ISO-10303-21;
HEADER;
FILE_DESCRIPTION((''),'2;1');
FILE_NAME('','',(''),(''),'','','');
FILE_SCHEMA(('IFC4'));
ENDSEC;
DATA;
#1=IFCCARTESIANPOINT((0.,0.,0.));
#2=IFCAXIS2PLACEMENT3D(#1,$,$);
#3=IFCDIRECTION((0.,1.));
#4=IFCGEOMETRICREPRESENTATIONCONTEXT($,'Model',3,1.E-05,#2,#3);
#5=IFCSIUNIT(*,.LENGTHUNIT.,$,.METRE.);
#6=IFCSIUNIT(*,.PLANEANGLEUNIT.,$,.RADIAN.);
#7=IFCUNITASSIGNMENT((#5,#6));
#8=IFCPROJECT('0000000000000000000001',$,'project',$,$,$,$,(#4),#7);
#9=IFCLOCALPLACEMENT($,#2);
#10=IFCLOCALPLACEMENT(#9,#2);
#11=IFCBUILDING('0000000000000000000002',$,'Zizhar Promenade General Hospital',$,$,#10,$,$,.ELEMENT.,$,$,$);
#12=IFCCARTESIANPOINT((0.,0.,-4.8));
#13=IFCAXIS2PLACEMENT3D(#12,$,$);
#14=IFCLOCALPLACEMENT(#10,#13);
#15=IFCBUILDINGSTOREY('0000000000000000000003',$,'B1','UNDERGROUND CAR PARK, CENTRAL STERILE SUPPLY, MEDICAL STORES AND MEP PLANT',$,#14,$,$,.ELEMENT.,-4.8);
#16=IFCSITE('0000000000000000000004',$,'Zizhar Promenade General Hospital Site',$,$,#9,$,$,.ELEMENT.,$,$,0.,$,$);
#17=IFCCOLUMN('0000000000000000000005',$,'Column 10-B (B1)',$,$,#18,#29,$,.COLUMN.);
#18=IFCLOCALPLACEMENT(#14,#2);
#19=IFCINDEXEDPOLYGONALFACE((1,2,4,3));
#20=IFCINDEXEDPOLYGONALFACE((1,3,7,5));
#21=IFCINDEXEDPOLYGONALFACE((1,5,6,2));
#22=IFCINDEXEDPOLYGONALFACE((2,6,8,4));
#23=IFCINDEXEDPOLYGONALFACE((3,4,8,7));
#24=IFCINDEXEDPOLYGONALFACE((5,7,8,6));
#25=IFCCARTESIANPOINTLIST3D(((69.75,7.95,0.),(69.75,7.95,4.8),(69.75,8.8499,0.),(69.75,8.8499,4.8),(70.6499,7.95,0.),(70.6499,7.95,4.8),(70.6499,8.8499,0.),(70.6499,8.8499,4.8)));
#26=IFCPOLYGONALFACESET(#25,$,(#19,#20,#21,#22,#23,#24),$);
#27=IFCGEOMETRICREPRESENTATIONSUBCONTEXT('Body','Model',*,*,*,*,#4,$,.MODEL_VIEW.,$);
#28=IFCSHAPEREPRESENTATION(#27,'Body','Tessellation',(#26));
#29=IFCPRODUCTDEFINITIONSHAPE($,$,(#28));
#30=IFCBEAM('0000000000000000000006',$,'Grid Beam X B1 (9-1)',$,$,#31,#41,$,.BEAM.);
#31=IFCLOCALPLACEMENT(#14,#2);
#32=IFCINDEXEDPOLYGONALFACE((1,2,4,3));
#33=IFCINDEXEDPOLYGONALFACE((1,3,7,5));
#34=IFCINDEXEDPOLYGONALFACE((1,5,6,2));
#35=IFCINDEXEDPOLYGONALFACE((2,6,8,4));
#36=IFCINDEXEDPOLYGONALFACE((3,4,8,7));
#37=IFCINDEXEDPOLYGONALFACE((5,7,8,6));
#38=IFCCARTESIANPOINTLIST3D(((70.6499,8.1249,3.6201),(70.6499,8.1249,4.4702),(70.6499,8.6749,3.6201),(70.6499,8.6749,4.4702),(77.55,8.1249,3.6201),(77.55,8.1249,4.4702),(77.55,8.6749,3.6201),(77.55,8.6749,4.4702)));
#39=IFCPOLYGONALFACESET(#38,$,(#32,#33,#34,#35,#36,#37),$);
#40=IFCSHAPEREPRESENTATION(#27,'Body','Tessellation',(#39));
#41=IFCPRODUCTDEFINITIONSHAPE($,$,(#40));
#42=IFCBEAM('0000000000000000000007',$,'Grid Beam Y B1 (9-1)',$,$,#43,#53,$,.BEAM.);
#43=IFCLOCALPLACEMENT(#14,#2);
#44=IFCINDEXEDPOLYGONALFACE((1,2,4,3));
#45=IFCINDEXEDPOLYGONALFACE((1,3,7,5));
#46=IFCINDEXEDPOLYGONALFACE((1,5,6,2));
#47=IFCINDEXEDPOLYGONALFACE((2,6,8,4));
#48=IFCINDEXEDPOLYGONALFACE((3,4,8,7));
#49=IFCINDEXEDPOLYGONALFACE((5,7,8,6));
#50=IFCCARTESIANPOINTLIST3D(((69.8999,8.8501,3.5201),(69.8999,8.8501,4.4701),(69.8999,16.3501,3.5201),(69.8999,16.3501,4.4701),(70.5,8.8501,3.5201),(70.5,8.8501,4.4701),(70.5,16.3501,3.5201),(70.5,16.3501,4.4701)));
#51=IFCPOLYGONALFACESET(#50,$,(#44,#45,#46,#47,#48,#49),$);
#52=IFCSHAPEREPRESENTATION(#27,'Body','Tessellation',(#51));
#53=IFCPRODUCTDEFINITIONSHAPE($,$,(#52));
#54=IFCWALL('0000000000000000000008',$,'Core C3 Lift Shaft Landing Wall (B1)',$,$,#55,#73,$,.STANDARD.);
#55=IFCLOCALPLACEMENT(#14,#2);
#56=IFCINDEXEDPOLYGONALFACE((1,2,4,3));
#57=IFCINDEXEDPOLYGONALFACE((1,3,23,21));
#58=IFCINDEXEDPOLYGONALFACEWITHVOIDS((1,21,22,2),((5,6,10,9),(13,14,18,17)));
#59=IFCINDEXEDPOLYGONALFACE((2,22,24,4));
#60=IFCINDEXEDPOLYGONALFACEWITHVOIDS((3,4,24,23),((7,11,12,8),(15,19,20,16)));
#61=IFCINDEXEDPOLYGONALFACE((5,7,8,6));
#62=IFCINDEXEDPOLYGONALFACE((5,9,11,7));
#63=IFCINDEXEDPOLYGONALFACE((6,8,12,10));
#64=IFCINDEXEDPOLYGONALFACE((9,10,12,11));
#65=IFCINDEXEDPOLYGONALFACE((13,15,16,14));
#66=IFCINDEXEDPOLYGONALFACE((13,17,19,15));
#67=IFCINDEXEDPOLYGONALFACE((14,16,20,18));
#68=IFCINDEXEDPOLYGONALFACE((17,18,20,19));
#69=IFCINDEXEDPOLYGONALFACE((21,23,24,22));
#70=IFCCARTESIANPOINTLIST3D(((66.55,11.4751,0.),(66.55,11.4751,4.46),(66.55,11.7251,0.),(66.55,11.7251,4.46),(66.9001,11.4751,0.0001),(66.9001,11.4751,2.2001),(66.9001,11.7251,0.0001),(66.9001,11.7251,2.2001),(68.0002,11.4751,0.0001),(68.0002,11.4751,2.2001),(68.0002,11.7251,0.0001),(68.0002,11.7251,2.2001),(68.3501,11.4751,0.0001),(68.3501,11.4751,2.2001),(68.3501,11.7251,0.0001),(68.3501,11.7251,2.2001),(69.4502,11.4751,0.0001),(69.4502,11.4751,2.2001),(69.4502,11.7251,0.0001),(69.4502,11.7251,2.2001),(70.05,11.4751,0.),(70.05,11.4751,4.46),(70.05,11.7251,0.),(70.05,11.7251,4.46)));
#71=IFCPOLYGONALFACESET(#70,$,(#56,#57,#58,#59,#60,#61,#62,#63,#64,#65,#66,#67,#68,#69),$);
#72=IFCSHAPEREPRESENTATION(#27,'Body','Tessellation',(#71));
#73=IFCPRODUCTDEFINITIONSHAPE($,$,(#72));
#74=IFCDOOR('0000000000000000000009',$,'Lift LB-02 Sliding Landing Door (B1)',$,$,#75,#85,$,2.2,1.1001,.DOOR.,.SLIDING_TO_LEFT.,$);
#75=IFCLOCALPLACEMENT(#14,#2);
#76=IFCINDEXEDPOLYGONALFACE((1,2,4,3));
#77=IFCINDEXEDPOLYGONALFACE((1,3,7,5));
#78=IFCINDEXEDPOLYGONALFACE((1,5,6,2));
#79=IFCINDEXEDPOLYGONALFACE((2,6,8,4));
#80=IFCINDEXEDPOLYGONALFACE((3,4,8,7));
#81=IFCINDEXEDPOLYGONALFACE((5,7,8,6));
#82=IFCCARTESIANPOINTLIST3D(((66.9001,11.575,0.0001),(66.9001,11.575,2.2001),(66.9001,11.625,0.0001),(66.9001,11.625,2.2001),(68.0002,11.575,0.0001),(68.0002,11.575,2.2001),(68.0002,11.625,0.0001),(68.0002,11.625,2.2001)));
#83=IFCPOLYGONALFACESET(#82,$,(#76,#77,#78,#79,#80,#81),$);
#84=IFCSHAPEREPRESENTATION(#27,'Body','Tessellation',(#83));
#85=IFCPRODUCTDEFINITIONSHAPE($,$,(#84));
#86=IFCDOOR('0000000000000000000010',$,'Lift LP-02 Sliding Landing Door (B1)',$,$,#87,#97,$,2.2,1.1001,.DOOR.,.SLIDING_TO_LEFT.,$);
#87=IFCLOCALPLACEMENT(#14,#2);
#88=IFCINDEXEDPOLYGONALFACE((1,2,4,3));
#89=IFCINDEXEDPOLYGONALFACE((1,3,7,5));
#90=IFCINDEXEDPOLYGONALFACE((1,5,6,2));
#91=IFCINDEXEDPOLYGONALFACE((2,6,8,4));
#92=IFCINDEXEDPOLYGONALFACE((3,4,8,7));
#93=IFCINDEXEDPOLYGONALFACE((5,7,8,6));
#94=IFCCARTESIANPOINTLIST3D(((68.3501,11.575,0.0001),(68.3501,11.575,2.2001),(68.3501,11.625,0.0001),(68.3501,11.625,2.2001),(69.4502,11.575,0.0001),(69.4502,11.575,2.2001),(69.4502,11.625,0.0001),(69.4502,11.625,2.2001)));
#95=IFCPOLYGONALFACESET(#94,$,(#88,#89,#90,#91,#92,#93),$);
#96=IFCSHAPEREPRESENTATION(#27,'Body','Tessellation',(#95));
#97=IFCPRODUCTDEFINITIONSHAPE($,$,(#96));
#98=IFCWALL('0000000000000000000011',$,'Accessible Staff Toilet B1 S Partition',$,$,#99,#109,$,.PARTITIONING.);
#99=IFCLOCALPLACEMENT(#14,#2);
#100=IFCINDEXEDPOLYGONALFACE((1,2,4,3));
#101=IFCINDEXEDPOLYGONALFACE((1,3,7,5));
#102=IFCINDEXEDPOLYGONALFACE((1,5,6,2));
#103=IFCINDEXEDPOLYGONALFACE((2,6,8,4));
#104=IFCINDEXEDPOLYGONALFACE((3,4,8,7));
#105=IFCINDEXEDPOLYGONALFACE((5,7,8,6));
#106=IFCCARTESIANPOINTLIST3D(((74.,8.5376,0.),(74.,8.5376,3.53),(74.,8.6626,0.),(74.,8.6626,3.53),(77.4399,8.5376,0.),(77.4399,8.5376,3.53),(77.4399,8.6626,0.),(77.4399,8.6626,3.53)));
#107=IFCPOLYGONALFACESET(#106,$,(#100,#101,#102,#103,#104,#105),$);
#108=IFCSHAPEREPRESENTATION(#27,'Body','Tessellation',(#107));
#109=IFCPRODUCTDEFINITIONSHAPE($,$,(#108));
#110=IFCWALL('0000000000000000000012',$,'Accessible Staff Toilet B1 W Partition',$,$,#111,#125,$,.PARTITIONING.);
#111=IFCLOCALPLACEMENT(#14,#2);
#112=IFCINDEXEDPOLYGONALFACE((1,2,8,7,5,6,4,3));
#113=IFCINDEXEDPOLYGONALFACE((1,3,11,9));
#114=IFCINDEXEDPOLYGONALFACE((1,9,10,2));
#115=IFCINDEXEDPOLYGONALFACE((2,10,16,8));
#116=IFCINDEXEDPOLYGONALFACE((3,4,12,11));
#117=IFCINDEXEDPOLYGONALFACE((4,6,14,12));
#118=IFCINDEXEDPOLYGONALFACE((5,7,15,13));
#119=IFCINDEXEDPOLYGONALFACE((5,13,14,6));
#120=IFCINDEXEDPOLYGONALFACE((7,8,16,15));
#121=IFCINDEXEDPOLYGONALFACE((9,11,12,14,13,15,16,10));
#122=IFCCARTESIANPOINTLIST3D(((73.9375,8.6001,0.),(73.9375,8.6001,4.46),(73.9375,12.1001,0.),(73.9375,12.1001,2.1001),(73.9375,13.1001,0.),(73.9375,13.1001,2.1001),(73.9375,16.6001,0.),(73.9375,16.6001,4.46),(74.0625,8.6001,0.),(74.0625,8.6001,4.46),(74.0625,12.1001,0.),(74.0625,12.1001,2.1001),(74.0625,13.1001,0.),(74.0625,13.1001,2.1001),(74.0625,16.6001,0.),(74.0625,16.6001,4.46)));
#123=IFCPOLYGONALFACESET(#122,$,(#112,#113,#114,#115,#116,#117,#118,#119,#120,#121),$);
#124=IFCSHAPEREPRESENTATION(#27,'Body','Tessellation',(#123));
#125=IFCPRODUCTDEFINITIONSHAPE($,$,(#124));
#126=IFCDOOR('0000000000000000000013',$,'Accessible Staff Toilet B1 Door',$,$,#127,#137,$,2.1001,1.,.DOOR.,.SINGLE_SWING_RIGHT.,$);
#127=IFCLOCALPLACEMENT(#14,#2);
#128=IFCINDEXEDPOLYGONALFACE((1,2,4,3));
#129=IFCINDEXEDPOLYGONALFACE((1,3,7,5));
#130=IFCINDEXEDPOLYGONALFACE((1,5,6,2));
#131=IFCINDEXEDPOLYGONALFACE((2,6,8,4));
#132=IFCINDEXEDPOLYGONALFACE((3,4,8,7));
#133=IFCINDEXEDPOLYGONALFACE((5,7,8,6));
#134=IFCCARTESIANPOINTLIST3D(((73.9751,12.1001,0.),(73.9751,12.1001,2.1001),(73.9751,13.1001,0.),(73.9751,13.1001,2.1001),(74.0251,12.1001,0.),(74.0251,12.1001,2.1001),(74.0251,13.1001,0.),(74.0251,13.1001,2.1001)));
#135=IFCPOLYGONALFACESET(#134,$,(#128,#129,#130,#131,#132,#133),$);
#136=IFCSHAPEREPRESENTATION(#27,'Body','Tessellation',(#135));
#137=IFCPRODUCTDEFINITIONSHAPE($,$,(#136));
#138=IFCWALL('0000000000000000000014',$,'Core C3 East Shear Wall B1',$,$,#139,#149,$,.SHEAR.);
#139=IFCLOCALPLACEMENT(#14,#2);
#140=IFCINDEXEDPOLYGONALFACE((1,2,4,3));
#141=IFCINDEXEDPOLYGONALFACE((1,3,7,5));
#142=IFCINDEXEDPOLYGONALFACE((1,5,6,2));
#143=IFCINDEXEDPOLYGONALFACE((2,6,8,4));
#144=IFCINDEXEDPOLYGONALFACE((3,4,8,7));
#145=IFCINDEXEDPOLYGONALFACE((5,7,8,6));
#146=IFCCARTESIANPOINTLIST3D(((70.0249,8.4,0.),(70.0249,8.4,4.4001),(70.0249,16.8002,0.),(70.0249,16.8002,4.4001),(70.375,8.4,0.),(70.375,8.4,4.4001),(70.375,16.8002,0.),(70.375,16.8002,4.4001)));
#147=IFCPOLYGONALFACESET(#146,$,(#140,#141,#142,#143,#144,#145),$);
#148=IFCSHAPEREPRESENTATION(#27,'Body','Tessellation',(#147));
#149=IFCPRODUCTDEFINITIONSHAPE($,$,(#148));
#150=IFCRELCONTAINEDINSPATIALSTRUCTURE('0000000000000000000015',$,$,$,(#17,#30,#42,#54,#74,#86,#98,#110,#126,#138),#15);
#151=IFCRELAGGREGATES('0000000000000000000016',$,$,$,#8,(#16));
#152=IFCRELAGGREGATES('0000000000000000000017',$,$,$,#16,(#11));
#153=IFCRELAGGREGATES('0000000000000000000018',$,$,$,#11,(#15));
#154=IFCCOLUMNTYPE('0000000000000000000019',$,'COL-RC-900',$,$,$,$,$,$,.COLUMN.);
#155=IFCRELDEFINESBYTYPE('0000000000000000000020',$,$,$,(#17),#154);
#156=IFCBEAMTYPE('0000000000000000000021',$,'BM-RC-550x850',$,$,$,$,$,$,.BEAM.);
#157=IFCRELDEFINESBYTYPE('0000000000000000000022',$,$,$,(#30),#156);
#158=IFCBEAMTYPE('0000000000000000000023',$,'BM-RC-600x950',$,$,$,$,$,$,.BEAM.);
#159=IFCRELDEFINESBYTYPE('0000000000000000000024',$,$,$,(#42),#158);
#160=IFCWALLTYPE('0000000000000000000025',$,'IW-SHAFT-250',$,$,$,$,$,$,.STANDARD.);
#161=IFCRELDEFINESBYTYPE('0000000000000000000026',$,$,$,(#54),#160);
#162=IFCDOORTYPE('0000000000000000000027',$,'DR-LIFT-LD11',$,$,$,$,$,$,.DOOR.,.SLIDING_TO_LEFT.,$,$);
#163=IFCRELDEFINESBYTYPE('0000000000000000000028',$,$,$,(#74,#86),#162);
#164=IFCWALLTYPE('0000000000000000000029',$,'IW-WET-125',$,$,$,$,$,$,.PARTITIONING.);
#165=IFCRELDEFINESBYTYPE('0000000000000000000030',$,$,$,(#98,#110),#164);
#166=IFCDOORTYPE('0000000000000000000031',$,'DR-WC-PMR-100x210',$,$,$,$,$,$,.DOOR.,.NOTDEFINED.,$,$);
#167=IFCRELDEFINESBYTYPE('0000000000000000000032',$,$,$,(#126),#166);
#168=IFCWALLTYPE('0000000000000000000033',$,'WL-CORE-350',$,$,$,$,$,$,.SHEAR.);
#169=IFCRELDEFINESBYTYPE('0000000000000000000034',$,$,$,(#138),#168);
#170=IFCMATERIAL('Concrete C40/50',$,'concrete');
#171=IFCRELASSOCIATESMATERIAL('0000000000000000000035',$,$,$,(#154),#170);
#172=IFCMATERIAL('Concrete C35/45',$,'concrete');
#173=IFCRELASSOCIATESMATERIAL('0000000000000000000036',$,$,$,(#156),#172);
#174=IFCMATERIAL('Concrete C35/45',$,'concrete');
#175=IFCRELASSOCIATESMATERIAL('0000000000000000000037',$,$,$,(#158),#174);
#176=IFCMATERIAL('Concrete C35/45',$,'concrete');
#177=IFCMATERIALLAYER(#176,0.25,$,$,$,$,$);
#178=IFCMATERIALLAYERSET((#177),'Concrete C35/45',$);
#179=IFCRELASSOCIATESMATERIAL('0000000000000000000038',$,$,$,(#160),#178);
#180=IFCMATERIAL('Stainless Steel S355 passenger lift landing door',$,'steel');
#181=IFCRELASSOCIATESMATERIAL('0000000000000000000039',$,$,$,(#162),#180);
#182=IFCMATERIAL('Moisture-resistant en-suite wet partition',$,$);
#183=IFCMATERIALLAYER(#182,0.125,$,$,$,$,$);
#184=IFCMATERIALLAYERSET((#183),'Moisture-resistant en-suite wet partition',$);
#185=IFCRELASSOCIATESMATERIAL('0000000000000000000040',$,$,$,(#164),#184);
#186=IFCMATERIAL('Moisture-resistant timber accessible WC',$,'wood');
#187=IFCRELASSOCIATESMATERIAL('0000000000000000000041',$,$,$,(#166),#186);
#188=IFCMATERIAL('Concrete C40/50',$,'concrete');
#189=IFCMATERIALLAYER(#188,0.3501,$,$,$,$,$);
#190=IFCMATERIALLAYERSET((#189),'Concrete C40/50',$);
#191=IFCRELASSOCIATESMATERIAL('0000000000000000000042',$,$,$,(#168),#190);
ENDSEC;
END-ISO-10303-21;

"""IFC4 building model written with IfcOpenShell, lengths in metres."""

from ifc_helpers import new_model, si_unit, direction, frame, frame_2d, origin, origin_2d, place, context, subcontext, project, spatial, rectangle, extrude, material, layer, layer_set, material_profile, profile_set, type_object, element, fill, save


model = new_model("IFC4")

# Units and contexts
model_context = context("Model", 3, precision=1e-05, world=origin(), true_north=direction((0.0, 1.0)))
body_context = subcontext(model_context, "Body", "Model", "MODEL_VIEW")
ifc_project = project(units=[si_unit("LENGTHUNIT", "METRE"), si_unit("PLANEANGLEUNIT", "RADIAN")], contexts=[model_context])

# Site, building, storey
site_placement = place(None, origin())
site = spatial("IfcSite", under=ifc_project, at=site_placement, Name="Zizhar Promenade General Hospital Site", CompositionType="ELEMENT", RefElevation=0.0)
building_placement = place(site_placement, origin())
building = spatial("IfcBuilding", under=site, at=building_placement, Name="Zizhar Promenade General Hospital", CompositionType="ELEMENT")
storey_placement = place(building_placement, frame((0.0, 0.0, -4.8)))
storey = spatial("IfcBuildingStorey", under=building, at=storey_placement, Name="B1", Description="UNDERGROUND CAR PARK, CENTRAL STERILE SUPPLY, MEDICAL STORES AND MEP PLANT", CompositionType="ELEMENT", Elevation=-4.8)

# Column
ifc_material_1 = material(Name="Concrete C40/50", Category="concrete")
ifc_material_profile_1 = material_profile(ifc_material_1, rectangle(XDim=0.8999, YDim=0.8999, at=origin_2d()))
ifc_profile_set_1 = profile_set([ifc_material_profile_1], Name="Concrete C40/50")
column_type = type_object("IfcColumnType", Name="COL-RC-900", PredefinedType="COLUMN", material=ifc_profile_set_1)
column_placement = place(storey_placement, frame((70.2, 8.3999, 0.0), z_axis=(0.0, 0.0, 1.0), x_axis=(1.0, 0.0, 0.0)))
element("IfcColumn", 1, at=column_placement, inside=storey, type_object=column_type, Name="Column 10-B (B1)", PredefinedType="COLUMN", context=body_context, shape_type="SweptSolid", body=[
    extrude(rectangle(XDim=0.8999, YDim=0.8999, at=origin_2d()), origin(), (0.0, 0.0, 1.0), 4.8),
])

# Beams
ifc_material_2 = material(Name="Concrete C35/45", Category="concrete")
ifc_material_profile_2 = material_profile(ifc_material_2, rectangle(XDim=0.55, YDim=0.8501, at=origin_2d()))
ifc_profile_set_2 = profile_set([ifc_material_profile_2], Name="Concrete C35/45")
beam_type_1 = type_object("IfcBeamType", Name="BM-RC-550x850", PredefinedType="BEAM", material=ifc_profile_set_2)
beam_1_placement = place(storey_placement, frame((70.6499, 8.3999, 4.0452), z_axis=(1.0, 0.0, 0.0), x_axis=(0.0, 1.0, 0.0)))
element("IfcBeam", 2, at=beam_1_placement, inside=storey, type_object=beam_type_1, Name="Grid Beam X B1 (9-1)", PredefinedType="BEAM", context=body_context, shape_type="SweptSolid", body=[
    extrude(rectangle(XDim=0.55, YDim=0.8501, at=origin_2d()), origin(), (0.0, 0.0, 1.0), 6.9001),
])
ifc_material_3 = material(Name="Concrete C35/45", Category="concrete")
ifc_material_profile_3 = material_profile(ifc_material_3, rectangle(XDim=0.6001, YDim=0.95, at=origin_2d()))
ifc_profile_set_3 = profile_set([ifc_material_profile_3], Name="Concrete C35/45")
beam_type_2 = type_object("IfcBeamType", Name="BM-RC-600x950", PredefinedType="BEAM", material=ifc_profile_set_3)
beam_2_placement = place(storey_placement, frame((70.2, 8.8501, 3.9951), z_axis=(0.0, 1.0, 0.0), x_axis=(-1.0, 0.0, 0.0)))
element("IfcBeam", 3, at=beam_2_placement, inside=storey, type_object=beam_type_2, Name="Grid Beam Y B1 (9-1)", PredefinedType="BEAM", context=body_context, shape_type="SweptSolid", body=[
    extrude(rectangle(XDim=0.6001, YDim=0.95, at=origin_2d()), origin(), (0.0, 0.0, 1.0), 7.5),
])

# Wall, openings, doors
ifc_material_4 = material(Name="Concrete C35/45", Category="concrete")
ifc_layer_1 = layer(ifc_material_4, 0.25)
ifc_layer_set_1 = layer_set([ifc_layer_1], Name="Concrete C35/45")
wall_type_1 = type_object("IfcWallType", Name="IW-SHAFT-250", PredefinedType="STANDARD", material=ifc_layer_set_1)
wall_1_placement = place(storey_placement, frame((66.55, 11.6001, 0.0), z_axis=(0.0, 0.0, 1.0), x_axis=(1.0, 0.0, 0.0)))
wall_1 = element("IfcWall", 4, at=wall_1_placement, inside=storey, type_object=wall_type_1, Name="Core C3 Lift Shaft Landing Wall (B1)", PredefinedType="STANDARD", context=body_context, shape_type="SweptSolid", body=[
    extrude(rectangle(XDim=3.5, YDim=0.25, at=frame_2d((1.75, 0.0))), origin(), (0.0, 0.0, 1.0), 4.46),
])
opening_1_placement = place(wall_1_placement, frame((0.3501, 0.0, 0.0)))
opening_1 = element("IfcOpeningElement", 5, at=opening_1_placement, cuts=wall_1, PredefinedType="OPENING", context=body_context, shape_type="SweptSolid", body=[
    extrude(rectangle(XDim=1.1001, YDim=2.2, at=frame_2d((0.55, 1.1001))), frame((0.0, 0.135, 0.0), z_axis=(0.0, -1.0, 0.0), x_axis=(1.0, 0.0, 0.0)), (0.0, 0.0, 1.0), 0.27),
])
opening_2_placement = place(wall_1_placement, frame((1.8, 0.0, 0.0)))
opening_2 = element("IfcOpeningElement", 6, at=opening_2_placement, cuts=wall_1, PredefinedType="OPENING", context=body_context, shape_type="SweptSolid", body=[
    extrude(rectangle(XDim=1.1001, YDim=2.2, at=frame_2d((0.55, 1.1001))), frame((0.0, 0.135, 0.0), z_axis=(0.0, -1.0, 0.0), x_axis=(1.0, 0.0, 0.0)), (0.0, 0.0, 1.0), 0.27),
])
ifc_material_5 = material(Name="Stainless Steel S355 passenger lift landing door", Category="steel")
door_type_1 = type_object("IfcDoorType", Name="DR-LIFT-LD11", OperationType="SLIDING_TO_LEFT", PredefinedType="DOOR", material=ifc_material_5)
door_1_placement = place(opening_1_placement, origin())
door_1 = element("IfcDoor", 7, at=door_1_placement, inside=storey, type_object=door_type_1, Name="Lift LB-02 Sliding Landing Door (B1)", OperationType="SLIDING_TO_LEFT", OverallHeight=2.2, OverallWidth=1.1001, PredefinedType="DOOR", context=body_context, shape_type="SweptSolid", body=[
    extrude(rectangle(XDim=1.1001, YDim=2.2, at=frame_2d((0.55, 1.1001))), frame((0.0, 0.0249, 0.0), z_axis=(0.0, -1.0, 0.0), x_axis=(1.0, 0.0, 0.0)), (0.0, 0.0, 1.0), 0.05),
])
fill(opening_1, door_1)
door_2_placement = place(opening_2_placement, origin())
door_2 = element("IfcDoor", 8, at=door_2_placement, inside=storey, type_object=door_type_1, Name="Lift LP-02 Sliding Landing Door (B1)", OperationType="SLIDING_TO_LEFT", OverallHeight=2.2, OverallWidth=1.1001, PredefinedType="DOOR", context=body_context, shape_type="SweptSolid", body=[
    extrude(rectangle(XDim=1.1001, YDim=2.2, at=frame_2d((0.55, 1.1001))), frame((0.0, 0.0249, 0.0), z_axis=(0.0, -1.0, 0.0), x_axis=(1.0, 0.0, 0.0)), (0.0, 0.0, 1.0), 0.05),
])
fill(opening_2, door_2)

# Wall
ifc_material_6 = material(Name="Moisture-resistant en-suite wet partition")
ifc_layer_2 = layer(ifc_material_6, 0.125)
ifc_layer_set_2 = layer_set([ifc_layer_2], Name="Moisture-resistant en-suite wet partition")
wall_type_2 = type_object("IfcWallType", Name="IW-WET-125", PredefinedType="PARTITIONING", material=ifc_layer_set_2)
wall_2_placement = place(storey_placement, frame((74.0, 8.6001, 0.0), z_axis=(0.0, 0.0, 1.0), x_axis=(1.0, 0.0, 0.0)))
element("IfcWall", 9, at=wall_2_placement, inside=storey, type_object=wall_type_2, Name="Accessible Staff Toilet B1 S Partition", PredefinedType="PARTITIONING", context=body_context, shape_type="SweptSolid", body=[
    extrude(rectangle(XDim=3.4399, YDim=0.125, at=frame_2d((1.72, 0.0))), origin(), (0.0, 0.0, 1.0), 3.53),
])

# Wall, opening, door
wall_3_placement = place(storey_placement, frame((74.0, 8.6001, 0.0), z_axis=(0.0, 0.0, 1.0), x_axis=(0.0, 1.0, 0.0)))
wall_3 = element("IfcWall", 10, at=wall_3_placement, inside=storey, type_object=wall_type_2, Name="Accessible Staff Toilet B1 W Partition", PredefinedType="PARTITIONING", context=body_context, shape_type="SweptSolid", body=[
    extrude(rectangle(XDim=8.0, YDim=0.125, at=frame_2d((4.0, 0.0))), origin(), (0.0, 0.0, 1.0), 4.46),
])
opening_3_placement = place(wall_3_placement, frame((3.5, 0.0, 0.0)))
opening_3 = element("IfcOpeningElement", 11, at=opening_3_placement, cuts=wall_3, PredefinedType="OPENING", context=body_context, shape_type="SweptSolid", body=[
    extrude(rectangle(XDim=1.0, YDim=2.1001, at=frame_2d((0.5, 1.05))), frame((0.0, 0.0725, 0.0), z_axis=(0.0, -1.0, 0.0), x_axis=(1.0, 0.0, 0.0)), (0.0, 0.0, 1.0), 0.145),
])
ifc_material_7 = material(Name="Moisture-resistant timber accessible WC", Category="wood")
door_type_2 = type_object("IfcDoorType", Name="DR-WC-PMR-100x210", OperationType="NOTDEFINED", PredefinedType="DOOR", material=ifc_material_7)
door_3_placement = place(opening_3_placement, origin())
door_3 = element("IfcDoor", 12, at=door_3_placement, inside=storey, type_object=door_type_2, Name="Accessible Staff Toilet B1 Door", OperationType="SINGLE_SWING_RIGHT", OverallHeight=2.1001, OverallWidth=1.0, PredefinedType="DOOR", context=body_context, shape_type="SweptSolid", body=[
    extrude(rectangle(XDim=1.0, YDim=2.1001, at=frame_2d((0.5, 1.05))), frame((0.0, 0.0249, 0.0), z_axis=(0.0, -1.0, 0.0), x_axis=(1.0, 0.0, 0.0)), (0.0, 0.0, 1.0), 0.05),
])
fill(opening_3, door_3)

# Wall
ifc_material_8 = material(Name="Concrete C40/50", Category="concrete")
ifc_layer_3 = layer(ifc_material_8, 0.3501)
ifc_layer_set_3 = layer_set([ifc_layer_3], Name="Concrete C40/50")
wall_type_3 = type_object("IfcWallType", Name="WL-CORE-350", PredefinedType="SHEAR", material=ifc_layer_set_3)
wall_4_placement = place(storey_placement, frame((70.2, 8.3999, 0.0), z_axis=(0.0, 0.0, 1.0), x_axis=(0.0, 1.0, 0.0)))
element("IfcWall", 13, at=wall_4_placement, inside=storey, type_object=wall_type_3, Name="Core C3 East Shear Wall B1", PredefinedType="SHEAR", context=body_context, shape_type="SweptSolid", body=[
    extrude(rectangle(XDim=8.4001, YDim=0.3501, at=frame_2d((4.2002, 0.0))), origin(), (0.0, 0.0, 1.0), 4.4001),
])

save(model, "model.ifc")
